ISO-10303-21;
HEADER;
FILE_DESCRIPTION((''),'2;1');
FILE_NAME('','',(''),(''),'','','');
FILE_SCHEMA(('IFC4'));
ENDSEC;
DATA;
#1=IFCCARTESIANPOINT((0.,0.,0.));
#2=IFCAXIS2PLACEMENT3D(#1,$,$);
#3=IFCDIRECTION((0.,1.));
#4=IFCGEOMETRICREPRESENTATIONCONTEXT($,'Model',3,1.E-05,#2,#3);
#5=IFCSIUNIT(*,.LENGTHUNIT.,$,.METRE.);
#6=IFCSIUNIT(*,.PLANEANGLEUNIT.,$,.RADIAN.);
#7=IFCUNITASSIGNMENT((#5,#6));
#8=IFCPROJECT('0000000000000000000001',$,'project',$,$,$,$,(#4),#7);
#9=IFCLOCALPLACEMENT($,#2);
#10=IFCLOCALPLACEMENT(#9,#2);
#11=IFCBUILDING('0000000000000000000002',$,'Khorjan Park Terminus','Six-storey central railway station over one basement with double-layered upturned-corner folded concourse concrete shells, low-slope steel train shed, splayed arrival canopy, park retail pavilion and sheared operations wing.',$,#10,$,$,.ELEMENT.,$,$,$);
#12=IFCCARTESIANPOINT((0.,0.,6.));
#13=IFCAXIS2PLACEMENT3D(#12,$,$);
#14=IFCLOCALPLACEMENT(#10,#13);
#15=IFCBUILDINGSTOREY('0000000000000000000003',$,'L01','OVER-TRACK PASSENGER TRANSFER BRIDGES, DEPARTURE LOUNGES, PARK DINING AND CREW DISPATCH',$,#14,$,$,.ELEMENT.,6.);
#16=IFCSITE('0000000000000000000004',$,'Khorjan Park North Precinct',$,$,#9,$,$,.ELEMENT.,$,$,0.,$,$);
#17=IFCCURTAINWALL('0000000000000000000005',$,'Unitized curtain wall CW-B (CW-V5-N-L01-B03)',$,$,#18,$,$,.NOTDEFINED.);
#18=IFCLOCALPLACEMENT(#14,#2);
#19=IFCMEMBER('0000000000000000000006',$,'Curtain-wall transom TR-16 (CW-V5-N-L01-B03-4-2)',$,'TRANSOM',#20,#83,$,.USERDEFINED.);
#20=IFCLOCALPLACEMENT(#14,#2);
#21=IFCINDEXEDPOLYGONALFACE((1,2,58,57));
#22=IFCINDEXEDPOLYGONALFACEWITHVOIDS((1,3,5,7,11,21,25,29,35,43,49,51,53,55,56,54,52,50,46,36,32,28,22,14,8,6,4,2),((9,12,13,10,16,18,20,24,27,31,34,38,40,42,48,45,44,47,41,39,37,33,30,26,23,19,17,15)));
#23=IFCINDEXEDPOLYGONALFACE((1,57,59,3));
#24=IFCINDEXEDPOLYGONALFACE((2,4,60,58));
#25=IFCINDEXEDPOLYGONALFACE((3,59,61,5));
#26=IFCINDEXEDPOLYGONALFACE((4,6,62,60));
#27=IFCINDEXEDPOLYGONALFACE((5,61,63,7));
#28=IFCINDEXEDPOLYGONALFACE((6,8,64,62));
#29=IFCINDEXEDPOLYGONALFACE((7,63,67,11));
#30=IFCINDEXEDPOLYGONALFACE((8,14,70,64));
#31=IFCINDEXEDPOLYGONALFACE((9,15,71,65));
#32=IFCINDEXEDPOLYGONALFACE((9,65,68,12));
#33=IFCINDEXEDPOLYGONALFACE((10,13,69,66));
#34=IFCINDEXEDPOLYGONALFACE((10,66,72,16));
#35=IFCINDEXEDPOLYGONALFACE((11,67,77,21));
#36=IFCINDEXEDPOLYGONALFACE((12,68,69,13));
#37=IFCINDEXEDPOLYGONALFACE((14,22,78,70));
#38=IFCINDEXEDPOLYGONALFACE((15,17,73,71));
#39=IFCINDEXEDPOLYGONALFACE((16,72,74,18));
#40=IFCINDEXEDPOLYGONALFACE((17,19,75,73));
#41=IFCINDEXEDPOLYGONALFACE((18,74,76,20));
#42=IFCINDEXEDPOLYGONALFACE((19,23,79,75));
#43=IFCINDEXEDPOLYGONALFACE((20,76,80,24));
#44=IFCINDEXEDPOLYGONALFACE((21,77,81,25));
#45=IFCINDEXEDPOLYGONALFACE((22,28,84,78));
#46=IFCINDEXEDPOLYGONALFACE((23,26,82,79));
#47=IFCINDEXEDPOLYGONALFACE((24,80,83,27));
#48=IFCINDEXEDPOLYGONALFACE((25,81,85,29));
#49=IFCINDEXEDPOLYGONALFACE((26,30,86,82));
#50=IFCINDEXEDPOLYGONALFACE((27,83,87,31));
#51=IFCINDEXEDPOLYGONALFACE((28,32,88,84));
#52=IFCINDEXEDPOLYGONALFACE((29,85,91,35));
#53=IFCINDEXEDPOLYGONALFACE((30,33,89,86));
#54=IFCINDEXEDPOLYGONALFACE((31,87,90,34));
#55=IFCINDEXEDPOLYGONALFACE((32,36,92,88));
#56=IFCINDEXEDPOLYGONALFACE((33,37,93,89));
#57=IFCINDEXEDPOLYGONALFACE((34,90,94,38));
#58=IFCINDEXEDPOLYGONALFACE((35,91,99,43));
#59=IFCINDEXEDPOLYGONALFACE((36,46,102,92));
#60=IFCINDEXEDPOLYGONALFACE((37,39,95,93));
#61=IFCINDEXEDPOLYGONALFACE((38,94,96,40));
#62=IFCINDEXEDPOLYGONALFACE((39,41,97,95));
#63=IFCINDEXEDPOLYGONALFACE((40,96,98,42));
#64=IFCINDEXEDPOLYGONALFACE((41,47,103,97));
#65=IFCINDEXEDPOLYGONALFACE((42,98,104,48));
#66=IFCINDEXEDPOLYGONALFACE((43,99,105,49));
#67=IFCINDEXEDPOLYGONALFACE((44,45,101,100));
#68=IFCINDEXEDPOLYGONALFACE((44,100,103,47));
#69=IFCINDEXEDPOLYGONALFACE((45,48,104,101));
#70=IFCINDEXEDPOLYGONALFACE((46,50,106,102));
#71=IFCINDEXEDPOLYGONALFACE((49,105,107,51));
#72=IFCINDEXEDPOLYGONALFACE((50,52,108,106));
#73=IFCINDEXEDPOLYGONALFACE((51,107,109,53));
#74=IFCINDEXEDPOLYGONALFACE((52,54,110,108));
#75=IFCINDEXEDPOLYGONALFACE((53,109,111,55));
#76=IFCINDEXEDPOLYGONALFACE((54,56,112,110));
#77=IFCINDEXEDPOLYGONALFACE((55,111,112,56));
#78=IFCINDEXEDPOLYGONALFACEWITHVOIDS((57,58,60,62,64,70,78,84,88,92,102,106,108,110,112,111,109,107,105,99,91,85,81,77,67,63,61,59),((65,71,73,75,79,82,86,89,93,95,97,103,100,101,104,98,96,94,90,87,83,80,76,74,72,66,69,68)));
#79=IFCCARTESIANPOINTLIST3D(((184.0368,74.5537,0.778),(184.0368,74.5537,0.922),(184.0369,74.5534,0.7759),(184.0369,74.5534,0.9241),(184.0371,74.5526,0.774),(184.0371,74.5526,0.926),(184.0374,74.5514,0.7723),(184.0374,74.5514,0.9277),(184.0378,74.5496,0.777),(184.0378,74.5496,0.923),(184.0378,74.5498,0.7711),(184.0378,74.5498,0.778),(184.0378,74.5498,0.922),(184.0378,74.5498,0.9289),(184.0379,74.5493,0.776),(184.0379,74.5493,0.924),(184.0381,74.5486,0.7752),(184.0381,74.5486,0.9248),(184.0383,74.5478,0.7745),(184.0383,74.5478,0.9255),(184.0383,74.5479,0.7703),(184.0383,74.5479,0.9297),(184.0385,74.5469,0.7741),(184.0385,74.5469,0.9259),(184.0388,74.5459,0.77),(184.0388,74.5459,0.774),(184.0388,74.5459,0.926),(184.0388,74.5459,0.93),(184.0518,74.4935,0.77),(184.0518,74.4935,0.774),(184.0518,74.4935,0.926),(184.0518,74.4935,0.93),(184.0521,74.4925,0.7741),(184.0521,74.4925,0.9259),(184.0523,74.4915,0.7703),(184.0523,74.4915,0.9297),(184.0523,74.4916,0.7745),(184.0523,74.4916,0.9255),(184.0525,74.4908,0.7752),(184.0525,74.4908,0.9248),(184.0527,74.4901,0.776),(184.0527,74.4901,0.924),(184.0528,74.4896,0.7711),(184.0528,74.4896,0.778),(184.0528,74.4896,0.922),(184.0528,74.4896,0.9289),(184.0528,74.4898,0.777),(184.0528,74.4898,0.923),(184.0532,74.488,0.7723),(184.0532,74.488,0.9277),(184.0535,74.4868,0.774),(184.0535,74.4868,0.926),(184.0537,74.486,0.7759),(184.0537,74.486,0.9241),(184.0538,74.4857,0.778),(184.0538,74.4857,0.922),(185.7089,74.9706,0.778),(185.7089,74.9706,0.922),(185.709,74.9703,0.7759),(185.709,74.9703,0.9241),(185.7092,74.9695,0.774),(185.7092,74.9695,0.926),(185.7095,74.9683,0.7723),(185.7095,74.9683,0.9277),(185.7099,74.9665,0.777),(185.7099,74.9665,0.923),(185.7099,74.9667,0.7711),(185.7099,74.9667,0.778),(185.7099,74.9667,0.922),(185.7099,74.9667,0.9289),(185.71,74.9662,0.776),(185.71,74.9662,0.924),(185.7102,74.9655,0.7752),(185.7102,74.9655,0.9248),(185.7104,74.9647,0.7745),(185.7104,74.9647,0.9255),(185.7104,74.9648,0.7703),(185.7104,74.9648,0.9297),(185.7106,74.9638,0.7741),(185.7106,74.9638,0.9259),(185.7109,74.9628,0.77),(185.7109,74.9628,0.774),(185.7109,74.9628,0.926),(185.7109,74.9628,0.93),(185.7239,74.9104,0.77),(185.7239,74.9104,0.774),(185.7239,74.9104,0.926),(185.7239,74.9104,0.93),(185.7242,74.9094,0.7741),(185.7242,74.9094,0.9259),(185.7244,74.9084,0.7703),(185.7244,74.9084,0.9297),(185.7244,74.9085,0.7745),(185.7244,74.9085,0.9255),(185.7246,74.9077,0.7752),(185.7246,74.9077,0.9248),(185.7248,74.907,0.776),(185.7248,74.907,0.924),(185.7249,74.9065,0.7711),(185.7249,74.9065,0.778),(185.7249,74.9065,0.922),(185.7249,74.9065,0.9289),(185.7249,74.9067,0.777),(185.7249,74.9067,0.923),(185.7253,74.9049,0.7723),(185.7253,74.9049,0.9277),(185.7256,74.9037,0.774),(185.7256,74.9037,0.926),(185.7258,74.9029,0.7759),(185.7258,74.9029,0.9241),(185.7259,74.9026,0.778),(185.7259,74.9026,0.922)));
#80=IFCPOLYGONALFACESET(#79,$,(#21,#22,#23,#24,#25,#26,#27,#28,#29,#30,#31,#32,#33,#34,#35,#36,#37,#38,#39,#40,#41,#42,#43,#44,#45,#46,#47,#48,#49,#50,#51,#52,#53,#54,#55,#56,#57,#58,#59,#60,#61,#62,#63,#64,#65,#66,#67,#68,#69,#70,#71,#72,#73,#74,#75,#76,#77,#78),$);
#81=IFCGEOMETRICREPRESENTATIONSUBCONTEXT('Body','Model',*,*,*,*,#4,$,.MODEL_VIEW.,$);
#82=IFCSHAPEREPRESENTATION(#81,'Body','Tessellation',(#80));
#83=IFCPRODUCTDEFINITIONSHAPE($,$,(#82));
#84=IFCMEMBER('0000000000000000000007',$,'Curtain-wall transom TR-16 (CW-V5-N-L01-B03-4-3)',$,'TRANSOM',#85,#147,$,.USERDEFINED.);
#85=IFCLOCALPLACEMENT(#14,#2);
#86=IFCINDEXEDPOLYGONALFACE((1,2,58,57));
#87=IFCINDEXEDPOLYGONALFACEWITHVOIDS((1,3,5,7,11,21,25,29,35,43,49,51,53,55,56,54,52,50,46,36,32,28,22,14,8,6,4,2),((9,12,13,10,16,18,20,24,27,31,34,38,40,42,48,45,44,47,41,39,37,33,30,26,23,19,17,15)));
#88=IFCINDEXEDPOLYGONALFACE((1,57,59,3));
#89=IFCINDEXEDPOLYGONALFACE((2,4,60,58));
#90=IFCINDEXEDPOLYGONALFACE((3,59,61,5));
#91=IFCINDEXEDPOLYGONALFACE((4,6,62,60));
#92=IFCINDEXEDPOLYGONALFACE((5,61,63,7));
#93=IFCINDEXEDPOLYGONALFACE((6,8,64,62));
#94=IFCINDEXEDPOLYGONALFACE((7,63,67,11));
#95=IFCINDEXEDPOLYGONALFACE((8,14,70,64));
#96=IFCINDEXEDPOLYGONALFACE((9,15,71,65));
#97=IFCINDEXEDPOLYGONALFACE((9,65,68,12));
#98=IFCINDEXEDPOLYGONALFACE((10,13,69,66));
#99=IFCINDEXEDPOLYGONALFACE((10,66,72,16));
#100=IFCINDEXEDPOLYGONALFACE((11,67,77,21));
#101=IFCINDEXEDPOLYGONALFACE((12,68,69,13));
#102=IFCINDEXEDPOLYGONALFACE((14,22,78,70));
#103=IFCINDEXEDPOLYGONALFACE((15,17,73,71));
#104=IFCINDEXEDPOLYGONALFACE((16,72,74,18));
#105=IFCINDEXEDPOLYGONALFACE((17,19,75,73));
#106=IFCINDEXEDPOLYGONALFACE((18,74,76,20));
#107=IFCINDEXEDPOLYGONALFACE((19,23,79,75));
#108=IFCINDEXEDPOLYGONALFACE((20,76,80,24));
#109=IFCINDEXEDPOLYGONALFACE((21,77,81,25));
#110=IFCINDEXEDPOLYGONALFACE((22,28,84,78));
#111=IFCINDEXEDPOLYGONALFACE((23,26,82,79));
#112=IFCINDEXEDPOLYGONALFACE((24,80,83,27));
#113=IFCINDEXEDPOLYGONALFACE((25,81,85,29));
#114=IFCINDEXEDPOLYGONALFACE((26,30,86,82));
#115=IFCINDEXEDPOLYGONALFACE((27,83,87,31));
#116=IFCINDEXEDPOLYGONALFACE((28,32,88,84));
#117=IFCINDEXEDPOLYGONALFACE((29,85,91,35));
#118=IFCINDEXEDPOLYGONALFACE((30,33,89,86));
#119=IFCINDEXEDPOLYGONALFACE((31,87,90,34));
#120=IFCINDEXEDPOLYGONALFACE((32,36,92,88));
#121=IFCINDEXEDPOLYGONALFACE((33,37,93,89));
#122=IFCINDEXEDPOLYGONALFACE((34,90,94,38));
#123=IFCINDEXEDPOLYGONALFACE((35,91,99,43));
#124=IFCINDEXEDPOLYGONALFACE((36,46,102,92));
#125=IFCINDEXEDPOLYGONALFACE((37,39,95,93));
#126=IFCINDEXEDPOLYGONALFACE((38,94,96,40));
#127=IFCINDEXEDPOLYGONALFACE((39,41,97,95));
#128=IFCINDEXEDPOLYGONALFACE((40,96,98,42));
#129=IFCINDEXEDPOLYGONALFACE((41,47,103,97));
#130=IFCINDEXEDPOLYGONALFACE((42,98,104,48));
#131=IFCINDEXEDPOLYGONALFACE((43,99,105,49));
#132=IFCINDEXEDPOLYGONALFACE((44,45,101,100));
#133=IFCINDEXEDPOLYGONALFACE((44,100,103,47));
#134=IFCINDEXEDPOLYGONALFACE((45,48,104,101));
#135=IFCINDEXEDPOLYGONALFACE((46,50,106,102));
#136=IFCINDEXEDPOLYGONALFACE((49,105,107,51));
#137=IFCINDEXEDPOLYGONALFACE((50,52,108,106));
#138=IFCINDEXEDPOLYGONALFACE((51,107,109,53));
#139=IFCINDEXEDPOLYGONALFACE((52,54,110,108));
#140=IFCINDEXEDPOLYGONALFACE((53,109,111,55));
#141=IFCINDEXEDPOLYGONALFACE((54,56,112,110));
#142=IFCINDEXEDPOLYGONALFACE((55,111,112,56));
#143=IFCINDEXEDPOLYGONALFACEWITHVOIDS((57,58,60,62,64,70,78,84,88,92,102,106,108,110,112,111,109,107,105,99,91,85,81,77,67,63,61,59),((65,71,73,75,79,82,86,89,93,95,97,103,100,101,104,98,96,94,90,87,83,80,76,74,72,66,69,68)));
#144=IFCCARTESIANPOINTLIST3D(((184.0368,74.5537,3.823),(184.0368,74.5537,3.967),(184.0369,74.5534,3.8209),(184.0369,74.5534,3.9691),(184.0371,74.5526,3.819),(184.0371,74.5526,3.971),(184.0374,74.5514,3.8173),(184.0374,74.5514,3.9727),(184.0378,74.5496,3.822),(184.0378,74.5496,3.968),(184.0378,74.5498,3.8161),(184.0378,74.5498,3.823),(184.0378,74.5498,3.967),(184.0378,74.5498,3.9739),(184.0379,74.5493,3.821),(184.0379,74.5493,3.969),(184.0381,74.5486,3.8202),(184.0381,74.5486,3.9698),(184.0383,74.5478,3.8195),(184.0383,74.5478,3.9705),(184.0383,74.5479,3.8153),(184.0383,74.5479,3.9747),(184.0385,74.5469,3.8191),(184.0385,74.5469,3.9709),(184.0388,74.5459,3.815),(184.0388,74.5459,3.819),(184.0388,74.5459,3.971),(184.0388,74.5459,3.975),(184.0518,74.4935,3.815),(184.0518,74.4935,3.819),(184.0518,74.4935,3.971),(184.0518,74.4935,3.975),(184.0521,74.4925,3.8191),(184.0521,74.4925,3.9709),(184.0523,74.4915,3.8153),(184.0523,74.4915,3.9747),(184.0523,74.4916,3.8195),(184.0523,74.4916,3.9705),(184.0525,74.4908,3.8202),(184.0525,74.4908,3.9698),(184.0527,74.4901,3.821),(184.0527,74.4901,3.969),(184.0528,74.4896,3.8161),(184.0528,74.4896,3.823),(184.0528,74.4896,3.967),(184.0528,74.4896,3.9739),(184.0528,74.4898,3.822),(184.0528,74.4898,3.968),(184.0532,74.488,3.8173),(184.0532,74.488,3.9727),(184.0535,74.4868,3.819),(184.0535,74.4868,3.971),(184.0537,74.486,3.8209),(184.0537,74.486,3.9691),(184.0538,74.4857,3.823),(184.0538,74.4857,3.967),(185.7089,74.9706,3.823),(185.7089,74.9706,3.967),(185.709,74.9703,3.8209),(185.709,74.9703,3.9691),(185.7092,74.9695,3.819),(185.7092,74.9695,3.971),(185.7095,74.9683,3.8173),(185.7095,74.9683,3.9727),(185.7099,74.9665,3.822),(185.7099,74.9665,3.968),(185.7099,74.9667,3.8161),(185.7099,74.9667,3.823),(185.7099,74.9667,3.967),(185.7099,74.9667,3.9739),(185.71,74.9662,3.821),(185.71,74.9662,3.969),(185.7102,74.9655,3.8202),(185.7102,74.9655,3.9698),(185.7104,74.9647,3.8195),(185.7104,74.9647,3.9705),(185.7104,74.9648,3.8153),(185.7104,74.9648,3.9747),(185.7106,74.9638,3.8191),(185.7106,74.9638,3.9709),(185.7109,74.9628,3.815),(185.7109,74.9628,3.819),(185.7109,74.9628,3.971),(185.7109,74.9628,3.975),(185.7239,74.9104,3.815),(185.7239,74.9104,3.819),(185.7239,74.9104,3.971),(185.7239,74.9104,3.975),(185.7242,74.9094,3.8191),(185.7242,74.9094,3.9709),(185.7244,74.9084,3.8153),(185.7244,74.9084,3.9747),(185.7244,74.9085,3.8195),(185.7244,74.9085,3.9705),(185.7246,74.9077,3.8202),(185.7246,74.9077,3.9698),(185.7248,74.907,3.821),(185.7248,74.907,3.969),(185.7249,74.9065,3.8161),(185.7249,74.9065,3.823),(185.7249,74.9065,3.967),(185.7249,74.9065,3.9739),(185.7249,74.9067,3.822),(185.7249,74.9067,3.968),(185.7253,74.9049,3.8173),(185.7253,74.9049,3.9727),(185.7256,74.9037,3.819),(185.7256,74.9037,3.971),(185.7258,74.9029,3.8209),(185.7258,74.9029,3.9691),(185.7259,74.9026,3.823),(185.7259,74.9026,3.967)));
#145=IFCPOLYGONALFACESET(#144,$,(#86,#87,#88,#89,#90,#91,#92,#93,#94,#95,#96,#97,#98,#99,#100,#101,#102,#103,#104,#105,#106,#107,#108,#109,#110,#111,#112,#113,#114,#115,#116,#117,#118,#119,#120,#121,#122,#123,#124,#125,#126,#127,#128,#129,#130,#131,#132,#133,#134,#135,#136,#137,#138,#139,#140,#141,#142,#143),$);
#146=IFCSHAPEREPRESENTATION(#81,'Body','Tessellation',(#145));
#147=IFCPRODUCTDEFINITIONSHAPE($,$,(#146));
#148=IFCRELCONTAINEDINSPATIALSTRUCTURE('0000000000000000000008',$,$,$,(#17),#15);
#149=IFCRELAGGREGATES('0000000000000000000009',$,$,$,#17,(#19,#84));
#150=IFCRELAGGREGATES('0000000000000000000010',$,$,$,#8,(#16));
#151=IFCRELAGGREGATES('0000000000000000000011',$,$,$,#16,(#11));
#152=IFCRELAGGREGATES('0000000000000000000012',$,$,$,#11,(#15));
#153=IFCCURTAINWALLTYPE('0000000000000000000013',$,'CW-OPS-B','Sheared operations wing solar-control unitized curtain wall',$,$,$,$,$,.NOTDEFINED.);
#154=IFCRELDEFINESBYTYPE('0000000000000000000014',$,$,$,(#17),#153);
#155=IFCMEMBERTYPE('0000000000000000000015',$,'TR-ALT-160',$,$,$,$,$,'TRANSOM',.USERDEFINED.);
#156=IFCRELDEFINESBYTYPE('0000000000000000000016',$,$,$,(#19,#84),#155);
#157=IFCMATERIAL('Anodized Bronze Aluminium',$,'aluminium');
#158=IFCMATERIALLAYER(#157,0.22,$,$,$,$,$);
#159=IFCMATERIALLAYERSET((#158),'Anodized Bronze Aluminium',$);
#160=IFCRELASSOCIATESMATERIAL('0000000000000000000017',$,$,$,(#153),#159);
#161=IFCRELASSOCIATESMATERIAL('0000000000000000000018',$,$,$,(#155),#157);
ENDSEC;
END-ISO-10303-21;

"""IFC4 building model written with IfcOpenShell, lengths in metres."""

from ifc_helpers import new_model, si_unit, direction, frame, origin, origin_2d, place, context, subcontext, project, spatial, hollow_rectangle, extrude, material, layer, layer_set, material_profile, profile_set, type_object, element, aggregate, save


model = new_model("IFC4")

# Units and contexts
model_context = context("Model", 3, precision=1e-05, world=origin(), true_north=direction((0.0, 1.0)))
body_context = subcontext(model_context, "Body", "Model", "MODEL_VIEW")
ifc_project = project(units=[si_unit("LENGTHUNIT", "METRE"), si_unit("PLANEANGLEUNIT", "RADIAN")], contexts=[model_context])

# Site, building, storey
site_placement = place(None, origin())
site = spatial("IfcSite", under=ifc_project, at=site_placement, Name="Khorjan Park North Precinct", CompositionType="ELEMENT", RefElevation=0.0)
building_placement = place(site_placement, origin())
building = spatial("IfcBuilding", under=site, at=building_placement, Name="Khorjan Park Terminus", Description="Six-storey central railway station over one basement with double-layered upturned-corner folded concourse concrete shells, low-slope steel train shed, splayed arrival canopy, park retail pavilion and sheared operations wing.", CompositionType="ELEMENT")
storey_placement = place(building_placement, frame((0.0, 0.0, 6.0)))
storey = spatial("IfcBuildingStorey", under=building, at=storey_placement, Name="L01", Description="OVER-TRACK PASSENGER TRANSFER BRIDGES, DEPARTURE LOUNGES, PARK DINING AND CREW DISPATCH", CompositionType="ELEMENT", Elevation=6.0)

# Curtain wall, members
ifc_material_1 = material(Name="Anodized Bronze Aluminium", Category="aluminium")
ifc_layer_1 = layer(ifc_material_1, 0.22)
ifc_layer_set_1 = layer_set([ifc_layer_1], Name="Anodized Bronze Aluminium")
curtain_wall_type = type_object("IfcCurtainWallType", Name="CW-OPS-B", Description="Sheared operations wing solar-control unitized curtain wall", PredefinedType="NOTDEFINED", material=ifc_layer_set_1)
curtain_wall_placement = place(storey_placement, origin())
curtain_wall = element("IfcCurtainWall", 1, at=curtain_wall_placement, inside=storey, type_object=curtain_wall_type, Name="Unitized curtain wall CW-B (CW-V5-N-L01-B03)", PredefinedType="NOTDEFINED")
ifc_material_profile_1 = material_profile(ifc_material_1, hollow_rectangle(XDim=0.07, YDim=0.16, WallThickness=0.004, InnerFilletRadius=0.004, OuterFilletRadius=0.008, at=origin_2d()), Name="ALT 70x160x4")
ifc_profile_set_1 = profile_set([ifc_material_profile_1], Name="Anodized Bronze Aluminium")
member_type_1 = type_object("IfcMemberType", Name="TR-ALT-160", ElementType="TRANSOM", PredefinedType="USERDEFINED", material=ifc_profile_set_1)
member_1_placement = place(storey_placement, frame((185.7174, 74.9366, 0.85), z_axis=(-0.970296, -0.241921, 0.0), x_axis=(0.241921, -0.970296, 0.0)))
member_1 = element("IfcMember", 2, at=member_1_placement, type_object=member_type_1, Name="Curtain-wall transom TR-16 (CW-V5-N-L01-B03-4-2)", ObjectType="TRANSOM", PredefinedType="USERDEFINED", context=body_context, shape_type="SweptSolid", body=[
    extrude(hollow_rectangle(XDim=0.07, YDim=0.16, WallThickness=0.004, InnerFilletRadius=0.004, OuterFilletRadius=0.008, at=origin_2d()), origin(), (0.0, 0.0, 1.0), 1.7233),
])
member_2_placement = place(storey_placement, frame((185.7174, 74.9366, 3.895), z_axis=(-0.970296, -0.241921, 0.0), x_axis=(0.241921, -0.970296, 0.0)))
member_2 = element("IfcMember", 3, at=member_2_placement, type_object=member_type_1, Name="Curtain-wall transom TR-16 (CW-V5-N-L01-B03-4-3)", ObjectType="TRANSOM", PredefinedType="USERDEFINED", context=body_context, shape_type="SweptSolid", body=[
    extrude(hollow_rectangle(XDim=0.07, YDim=0.16, WallThickness=0.004, InnerFilletRadius=0.004, OuterFilletRadius=0.008, at=origin_2d()), origin(), (0.0, 0.0, 1.0), 1.7233),
])
aggregate(curtain_wall, [member_1, member_2])

save(model, "model.ifc")
